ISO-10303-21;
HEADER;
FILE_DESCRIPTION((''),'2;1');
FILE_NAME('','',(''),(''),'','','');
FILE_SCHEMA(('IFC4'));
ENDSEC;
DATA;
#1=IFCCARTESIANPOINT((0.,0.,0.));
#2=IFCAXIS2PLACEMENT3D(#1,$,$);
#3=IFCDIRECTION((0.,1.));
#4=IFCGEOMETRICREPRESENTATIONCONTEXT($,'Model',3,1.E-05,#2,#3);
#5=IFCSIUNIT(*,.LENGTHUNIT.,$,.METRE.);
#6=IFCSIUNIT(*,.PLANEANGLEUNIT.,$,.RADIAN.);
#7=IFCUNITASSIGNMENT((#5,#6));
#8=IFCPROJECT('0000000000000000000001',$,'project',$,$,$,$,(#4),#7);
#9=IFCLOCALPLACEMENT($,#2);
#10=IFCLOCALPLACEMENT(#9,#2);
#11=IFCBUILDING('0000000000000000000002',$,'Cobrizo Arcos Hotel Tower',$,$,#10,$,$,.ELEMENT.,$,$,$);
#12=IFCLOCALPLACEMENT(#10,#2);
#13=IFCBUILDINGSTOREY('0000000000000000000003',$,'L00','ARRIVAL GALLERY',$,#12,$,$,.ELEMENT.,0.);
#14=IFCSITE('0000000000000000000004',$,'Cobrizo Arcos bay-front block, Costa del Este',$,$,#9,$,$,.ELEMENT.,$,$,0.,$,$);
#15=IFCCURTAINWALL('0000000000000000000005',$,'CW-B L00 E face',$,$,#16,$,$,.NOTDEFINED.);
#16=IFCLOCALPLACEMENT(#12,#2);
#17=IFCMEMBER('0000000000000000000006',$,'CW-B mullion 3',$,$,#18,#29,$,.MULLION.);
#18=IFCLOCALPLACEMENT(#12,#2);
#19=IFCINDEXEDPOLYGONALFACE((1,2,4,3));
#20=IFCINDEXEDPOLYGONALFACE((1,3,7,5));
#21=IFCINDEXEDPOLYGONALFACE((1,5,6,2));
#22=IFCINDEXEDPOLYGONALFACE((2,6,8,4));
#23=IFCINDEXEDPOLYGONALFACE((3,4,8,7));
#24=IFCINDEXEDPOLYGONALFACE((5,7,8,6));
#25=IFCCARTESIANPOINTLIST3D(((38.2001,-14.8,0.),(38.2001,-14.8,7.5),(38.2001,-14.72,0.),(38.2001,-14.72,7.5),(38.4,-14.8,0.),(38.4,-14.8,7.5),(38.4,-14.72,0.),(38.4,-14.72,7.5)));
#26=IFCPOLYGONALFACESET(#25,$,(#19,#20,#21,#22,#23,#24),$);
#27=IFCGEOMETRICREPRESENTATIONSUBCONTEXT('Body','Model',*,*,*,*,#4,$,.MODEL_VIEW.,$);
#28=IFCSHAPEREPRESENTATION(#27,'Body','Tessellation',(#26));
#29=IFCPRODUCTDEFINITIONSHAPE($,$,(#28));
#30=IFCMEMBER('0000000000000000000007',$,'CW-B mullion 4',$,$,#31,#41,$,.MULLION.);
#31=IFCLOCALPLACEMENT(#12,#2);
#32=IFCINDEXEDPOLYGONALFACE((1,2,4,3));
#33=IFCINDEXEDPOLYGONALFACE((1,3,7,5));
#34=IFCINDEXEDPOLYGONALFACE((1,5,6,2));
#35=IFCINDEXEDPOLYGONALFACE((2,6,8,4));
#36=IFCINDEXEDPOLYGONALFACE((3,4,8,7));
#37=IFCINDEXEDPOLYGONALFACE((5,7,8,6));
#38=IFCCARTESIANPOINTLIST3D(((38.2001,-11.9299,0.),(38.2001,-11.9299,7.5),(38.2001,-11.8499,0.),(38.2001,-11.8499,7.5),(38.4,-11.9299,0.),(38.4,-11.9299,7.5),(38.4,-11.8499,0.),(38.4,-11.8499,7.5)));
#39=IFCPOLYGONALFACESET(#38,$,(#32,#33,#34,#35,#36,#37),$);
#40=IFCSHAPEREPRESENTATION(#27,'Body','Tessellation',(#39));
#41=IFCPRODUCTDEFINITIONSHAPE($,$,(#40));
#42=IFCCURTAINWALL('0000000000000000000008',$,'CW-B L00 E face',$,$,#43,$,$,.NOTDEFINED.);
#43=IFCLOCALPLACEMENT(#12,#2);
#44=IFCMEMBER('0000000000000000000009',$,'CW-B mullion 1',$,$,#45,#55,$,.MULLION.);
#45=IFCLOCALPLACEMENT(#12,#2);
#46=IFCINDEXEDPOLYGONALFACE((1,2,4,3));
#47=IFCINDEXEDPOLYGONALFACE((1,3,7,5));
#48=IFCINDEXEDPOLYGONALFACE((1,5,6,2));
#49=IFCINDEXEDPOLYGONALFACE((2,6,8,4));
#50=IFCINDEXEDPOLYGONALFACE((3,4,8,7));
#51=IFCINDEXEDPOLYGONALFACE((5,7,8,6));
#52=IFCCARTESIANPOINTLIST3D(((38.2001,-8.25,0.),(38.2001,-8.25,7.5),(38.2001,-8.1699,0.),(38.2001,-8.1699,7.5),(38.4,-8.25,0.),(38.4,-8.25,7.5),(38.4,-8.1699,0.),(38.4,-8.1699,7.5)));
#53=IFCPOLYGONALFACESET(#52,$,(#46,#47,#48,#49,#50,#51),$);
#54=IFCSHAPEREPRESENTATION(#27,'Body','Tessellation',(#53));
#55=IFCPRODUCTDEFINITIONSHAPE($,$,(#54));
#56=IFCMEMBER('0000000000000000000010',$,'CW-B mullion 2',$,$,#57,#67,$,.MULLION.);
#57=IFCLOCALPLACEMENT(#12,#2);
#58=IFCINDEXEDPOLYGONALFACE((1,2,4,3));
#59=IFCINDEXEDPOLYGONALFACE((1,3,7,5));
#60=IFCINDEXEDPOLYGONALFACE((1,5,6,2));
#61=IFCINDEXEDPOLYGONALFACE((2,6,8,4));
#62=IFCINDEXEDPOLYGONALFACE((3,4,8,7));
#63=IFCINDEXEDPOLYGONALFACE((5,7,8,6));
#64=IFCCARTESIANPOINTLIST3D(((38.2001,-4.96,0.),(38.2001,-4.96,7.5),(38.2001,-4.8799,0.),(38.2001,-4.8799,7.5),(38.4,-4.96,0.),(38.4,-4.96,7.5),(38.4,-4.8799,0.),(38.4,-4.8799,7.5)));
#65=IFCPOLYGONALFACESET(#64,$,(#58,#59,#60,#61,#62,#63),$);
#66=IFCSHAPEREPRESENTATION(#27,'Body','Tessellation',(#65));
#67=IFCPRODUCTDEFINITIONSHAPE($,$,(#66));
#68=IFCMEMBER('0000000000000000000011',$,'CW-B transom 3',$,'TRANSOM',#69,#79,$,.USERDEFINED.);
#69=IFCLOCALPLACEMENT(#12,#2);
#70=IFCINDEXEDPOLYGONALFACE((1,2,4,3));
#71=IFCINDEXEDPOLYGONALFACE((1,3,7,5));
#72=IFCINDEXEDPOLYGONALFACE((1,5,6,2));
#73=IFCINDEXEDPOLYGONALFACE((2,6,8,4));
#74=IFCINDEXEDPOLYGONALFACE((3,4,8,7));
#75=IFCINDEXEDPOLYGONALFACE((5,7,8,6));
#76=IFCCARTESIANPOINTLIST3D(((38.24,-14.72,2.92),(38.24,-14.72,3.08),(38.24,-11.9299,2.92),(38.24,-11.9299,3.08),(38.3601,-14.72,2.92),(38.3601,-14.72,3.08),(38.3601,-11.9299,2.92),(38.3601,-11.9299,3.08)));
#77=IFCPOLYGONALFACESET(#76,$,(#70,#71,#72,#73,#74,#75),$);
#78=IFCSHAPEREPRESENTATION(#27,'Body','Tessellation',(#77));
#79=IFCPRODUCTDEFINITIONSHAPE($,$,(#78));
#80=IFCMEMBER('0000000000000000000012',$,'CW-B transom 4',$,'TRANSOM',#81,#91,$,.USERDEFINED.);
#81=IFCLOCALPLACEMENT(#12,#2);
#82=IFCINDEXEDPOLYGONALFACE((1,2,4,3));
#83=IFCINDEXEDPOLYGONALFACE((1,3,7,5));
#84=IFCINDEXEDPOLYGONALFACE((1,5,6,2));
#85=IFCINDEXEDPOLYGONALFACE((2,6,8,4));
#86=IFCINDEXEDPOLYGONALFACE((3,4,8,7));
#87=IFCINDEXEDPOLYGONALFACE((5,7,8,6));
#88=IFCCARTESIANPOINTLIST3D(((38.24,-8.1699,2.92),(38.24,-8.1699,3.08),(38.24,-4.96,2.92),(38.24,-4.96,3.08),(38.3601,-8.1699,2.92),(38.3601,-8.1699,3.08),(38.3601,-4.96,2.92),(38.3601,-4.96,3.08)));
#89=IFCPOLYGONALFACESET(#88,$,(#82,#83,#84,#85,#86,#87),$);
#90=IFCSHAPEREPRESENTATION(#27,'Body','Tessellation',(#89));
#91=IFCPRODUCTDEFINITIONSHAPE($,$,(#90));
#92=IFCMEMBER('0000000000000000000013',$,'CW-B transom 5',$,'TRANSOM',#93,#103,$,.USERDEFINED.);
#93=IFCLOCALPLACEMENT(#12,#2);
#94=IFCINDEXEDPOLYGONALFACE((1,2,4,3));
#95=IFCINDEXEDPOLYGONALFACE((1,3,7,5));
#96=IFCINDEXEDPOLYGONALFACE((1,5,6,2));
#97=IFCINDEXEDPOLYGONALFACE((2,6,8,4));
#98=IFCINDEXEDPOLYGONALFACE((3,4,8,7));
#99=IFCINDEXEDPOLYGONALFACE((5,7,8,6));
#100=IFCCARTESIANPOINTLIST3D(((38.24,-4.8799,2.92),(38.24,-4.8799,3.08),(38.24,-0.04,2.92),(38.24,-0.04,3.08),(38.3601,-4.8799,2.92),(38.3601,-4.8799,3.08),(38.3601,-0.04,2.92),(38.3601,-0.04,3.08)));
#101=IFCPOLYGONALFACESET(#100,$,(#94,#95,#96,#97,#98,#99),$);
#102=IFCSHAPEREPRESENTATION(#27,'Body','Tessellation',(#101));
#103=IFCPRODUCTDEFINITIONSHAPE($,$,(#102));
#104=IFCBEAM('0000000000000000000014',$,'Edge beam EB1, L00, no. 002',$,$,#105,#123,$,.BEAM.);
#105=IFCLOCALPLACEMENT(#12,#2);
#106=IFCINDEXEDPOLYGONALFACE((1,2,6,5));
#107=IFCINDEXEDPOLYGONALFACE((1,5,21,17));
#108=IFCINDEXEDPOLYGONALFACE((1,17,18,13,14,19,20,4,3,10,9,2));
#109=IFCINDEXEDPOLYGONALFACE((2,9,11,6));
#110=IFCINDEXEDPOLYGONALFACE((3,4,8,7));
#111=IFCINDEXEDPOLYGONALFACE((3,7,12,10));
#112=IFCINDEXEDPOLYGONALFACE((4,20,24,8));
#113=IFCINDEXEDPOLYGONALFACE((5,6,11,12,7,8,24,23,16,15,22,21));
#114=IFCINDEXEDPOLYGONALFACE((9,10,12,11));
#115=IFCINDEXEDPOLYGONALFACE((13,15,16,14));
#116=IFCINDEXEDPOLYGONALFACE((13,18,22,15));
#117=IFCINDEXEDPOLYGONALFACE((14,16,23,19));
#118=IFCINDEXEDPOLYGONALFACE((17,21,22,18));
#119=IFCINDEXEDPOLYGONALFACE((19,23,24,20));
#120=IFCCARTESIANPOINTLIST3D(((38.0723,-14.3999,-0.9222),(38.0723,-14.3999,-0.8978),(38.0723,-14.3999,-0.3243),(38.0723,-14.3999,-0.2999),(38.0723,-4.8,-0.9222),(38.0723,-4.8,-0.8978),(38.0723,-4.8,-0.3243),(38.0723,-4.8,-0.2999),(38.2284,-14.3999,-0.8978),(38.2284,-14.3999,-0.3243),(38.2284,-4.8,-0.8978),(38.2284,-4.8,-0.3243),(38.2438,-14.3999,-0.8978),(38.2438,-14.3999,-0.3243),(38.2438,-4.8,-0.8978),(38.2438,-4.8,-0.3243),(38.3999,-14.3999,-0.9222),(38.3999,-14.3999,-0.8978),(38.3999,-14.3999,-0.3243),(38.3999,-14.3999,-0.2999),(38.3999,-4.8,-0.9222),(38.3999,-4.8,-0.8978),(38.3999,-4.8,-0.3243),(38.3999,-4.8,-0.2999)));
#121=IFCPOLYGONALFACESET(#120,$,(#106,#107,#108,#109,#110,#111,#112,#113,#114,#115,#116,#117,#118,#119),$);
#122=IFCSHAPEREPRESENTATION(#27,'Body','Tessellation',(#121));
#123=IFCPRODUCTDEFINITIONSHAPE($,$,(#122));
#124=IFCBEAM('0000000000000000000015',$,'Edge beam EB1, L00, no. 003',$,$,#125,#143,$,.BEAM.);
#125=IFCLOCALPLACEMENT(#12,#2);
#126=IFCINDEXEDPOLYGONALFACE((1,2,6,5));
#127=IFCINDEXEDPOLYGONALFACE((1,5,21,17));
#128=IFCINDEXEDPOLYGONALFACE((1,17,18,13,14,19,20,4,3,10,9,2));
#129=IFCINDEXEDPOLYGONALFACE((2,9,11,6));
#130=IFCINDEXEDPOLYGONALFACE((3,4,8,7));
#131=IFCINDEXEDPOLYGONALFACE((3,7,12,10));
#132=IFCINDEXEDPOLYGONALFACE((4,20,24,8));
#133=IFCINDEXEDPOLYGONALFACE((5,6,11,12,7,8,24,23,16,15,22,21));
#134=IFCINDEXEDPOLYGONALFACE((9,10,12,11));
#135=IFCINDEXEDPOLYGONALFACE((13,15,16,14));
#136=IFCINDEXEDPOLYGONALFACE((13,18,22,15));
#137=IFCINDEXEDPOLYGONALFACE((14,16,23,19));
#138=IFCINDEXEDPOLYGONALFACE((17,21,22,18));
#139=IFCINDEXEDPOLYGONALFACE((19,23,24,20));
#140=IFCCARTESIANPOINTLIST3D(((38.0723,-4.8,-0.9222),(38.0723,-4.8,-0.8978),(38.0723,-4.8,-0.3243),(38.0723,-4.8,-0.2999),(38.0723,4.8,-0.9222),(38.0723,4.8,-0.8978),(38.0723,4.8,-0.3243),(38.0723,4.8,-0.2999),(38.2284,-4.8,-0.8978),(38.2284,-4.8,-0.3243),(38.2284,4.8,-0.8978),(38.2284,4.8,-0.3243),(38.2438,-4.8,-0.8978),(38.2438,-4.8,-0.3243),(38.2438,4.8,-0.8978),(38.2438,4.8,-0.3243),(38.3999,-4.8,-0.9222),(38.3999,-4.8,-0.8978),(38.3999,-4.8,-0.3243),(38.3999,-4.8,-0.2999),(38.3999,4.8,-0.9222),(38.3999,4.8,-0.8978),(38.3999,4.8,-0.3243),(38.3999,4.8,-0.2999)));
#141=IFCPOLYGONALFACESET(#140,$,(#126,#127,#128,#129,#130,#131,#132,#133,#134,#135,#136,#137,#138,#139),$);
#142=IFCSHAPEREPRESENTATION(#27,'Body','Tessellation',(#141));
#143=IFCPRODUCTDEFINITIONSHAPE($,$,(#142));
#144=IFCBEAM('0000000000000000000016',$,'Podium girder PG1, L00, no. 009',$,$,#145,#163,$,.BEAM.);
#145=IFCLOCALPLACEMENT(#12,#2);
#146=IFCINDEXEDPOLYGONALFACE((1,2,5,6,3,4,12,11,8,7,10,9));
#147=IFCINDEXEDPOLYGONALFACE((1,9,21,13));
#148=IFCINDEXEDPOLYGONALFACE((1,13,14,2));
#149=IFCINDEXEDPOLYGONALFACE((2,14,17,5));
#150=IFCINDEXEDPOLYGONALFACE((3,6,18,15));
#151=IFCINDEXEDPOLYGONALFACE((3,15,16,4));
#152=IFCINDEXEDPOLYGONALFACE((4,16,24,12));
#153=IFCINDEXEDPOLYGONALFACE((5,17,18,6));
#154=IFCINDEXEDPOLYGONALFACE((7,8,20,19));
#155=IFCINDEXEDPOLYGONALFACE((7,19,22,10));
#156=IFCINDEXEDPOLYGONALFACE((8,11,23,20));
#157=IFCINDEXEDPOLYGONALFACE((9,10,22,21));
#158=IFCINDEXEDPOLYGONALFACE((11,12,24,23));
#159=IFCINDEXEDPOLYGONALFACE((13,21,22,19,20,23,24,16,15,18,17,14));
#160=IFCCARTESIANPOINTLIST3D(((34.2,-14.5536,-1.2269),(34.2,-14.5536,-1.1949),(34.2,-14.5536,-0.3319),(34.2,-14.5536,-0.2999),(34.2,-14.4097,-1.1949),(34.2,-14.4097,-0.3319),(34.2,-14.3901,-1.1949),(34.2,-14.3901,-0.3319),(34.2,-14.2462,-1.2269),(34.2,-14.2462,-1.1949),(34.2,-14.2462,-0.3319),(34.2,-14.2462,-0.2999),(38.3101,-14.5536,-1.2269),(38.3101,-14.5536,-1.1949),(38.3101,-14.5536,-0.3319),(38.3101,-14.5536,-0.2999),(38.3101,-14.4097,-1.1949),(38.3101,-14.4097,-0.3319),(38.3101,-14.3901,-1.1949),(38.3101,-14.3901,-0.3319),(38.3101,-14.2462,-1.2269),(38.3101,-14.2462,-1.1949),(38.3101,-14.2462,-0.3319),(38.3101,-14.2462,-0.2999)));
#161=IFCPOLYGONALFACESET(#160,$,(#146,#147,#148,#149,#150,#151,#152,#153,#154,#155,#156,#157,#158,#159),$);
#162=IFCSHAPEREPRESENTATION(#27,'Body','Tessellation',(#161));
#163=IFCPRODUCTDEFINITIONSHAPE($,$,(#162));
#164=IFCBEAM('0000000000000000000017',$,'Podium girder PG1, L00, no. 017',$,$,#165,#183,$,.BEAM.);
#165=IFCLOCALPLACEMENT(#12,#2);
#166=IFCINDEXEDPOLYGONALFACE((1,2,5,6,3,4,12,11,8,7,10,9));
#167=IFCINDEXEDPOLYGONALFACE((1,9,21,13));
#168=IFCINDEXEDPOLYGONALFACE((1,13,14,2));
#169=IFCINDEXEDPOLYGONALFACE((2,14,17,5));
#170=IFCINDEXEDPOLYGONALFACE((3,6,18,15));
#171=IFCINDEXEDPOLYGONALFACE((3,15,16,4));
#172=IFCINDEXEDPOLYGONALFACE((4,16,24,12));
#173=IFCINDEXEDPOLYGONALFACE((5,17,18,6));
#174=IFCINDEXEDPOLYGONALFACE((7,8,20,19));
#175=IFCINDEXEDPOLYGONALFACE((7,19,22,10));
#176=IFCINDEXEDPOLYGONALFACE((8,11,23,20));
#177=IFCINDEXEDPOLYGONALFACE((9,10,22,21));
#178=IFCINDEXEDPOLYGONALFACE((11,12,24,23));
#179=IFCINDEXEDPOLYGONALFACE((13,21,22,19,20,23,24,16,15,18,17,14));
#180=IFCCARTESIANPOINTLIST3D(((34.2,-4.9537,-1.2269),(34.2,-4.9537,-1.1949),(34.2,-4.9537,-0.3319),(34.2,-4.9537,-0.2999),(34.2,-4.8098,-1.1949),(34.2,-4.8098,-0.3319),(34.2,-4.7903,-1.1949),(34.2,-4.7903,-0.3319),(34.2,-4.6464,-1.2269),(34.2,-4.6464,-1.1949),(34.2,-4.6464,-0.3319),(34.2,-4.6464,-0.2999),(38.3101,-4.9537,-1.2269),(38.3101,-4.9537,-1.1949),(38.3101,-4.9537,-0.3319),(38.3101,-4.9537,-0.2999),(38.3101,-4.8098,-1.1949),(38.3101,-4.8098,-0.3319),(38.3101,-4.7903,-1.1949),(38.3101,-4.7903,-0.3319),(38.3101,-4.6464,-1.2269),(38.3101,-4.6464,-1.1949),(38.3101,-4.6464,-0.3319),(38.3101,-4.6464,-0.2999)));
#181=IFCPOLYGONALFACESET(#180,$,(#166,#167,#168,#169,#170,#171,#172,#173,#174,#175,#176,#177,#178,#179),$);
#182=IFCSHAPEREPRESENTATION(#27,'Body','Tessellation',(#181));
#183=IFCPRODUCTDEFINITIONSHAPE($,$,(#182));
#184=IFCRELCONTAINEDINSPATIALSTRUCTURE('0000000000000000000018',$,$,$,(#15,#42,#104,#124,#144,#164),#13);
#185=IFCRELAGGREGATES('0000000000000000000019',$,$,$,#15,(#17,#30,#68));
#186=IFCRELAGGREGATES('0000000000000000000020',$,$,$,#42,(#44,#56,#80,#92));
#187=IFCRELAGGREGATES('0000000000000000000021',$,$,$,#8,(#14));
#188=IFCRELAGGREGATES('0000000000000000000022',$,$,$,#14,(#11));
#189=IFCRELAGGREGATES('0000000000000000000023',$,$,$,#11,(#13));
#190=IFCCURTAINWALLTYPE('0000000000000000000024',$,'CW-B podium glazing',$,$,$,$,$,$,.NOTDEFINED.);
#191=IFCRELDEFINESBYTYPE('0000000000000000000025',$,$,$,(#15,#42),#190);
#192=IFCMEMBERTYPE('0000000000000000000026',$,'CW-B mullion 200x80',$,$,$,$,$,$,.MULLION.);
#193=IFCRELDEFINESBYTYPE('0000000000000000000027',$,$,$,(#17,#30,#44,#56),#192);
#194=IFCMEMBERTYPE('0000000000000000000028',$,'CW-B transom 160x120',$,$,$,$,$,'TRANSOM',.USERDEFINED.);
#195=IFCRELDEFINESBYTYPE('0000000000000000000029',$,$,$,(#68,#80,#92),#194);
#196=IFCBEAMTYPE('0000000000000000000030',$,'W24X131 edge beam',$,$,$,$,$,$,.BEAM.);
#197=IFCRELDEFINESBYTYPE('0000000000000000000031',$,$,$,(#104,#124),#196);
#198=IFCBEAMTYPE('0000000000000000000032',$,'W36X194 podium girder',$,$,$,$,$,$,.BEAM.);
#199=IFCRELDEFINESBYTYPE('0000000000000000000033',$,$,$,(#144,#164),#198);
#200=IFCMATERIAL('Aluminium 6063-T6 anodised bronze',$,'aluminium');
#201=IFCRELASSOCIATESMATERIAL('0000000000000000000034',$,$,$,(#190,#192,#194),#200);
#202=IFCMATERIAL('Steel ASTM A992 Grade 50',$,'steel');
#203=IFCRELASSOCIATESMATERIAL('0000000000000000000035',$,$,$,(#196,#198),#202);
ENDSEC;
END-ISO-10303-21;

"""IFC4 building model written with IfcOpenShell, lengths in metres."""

from ifc_helpers import new_model, si_unit, direction, frame, origin, origin_2d, place, context, subcontext, project, spatial, rectangle, i_section, extrude, material, material_profile, profile_set, type_object, element, aggregate, save


model = new_model("IFC4")

# Units and contexts
model_context = context("Model", 3, precision=1e-05, world=origin(), true_north=direction((0.0, 1.0)))
body_context = subcontext(model_context, "Body", "Model", "MODEL_VIEW")
ifc_project = project(units=[si_unit("LENGTHUNIT", "METRE"), si_unit("PLANEANGLEUNIT", "RADIAN")], contexts=[model_context])

# Site, building, storey
site_placement = place(None, origin())
site = spatial("IfcSite", under=ifc_project, at=site_placement, Name="Cobrizo Arcos bay-front block, Costa del Este", CompositionType="ELEMENT", RefElevation=0.0)
building_placement = place(site_placement, origin())
building = spatial("IfcBuilding", under=site, at=building_placement, Name="Cobrizo Arcos Hotel Tower", CompositionType="ELEMENT")
storey_placement = place(building_placement, origin())
storey = spatial("IfcBuildingStorey", under=building, at=storey_placement, Name="L00", Description="ARRIVAL GALLERY", CompositionType="ELEMENT", Elevation=0.0)

# Curtain walls, members
ifc_material_1 = material(Name="Aluminium 6063-T6 anodised bronze", Category="aluminium")
curtain_wall_type = type_object("IfcCurtainWallType", Name="CW-B podium glazing", PredefinedType="NOTDEFINED", material=ifc_material_1)
curtain_wall_1_placement = place(storey_placement, origin())
curtain_wall_1 = element("IfcCurtainWall", 1, at=curtain_wall_1_placement, inside=storey, type_object=curtain_wall_type, Name="CW-B L00 E face", PredefinedType="NOTDEFINED")
ifc_material_profile_1 = material_profile(ifc_material_1, rectangle(XDim=0.2, YDim=0.0801, at=origin_2d()), Name="CW-B mullion 200x80")
ifc_profile_set_1 = profile_set([ifc_material_profile_1], Name="Aluminium 6063-T6 anodised bronze")
member_type_1 = type_object("IfcMemberType", Name="CW-B mullion 200x80", PredefinedType="MULLION", material=ifc_profile_set_1)
member_1_placement = place(storey_placement, frame((38.3, -14.76, 0.0), z_axis=(0.0, 0.0, 1.0), x_axis=(1.0, 0.0, 0.0)))
member_1 = element("IfcMember", 2, at=member_1_placement, type_object=member_type_1, Name="CW-B mullion 3", PredefinedType="MULLION", context=body_context, shape_type="SweptSolid", body=[
    extrude(rectangle(XDim=0.2, YDim=0.0801, at=origin_2d()), origin(), (0.0, 0.0, 1.0), 7.5),
])
member_2_placement = place(storey_placement, frame((38.3, -11.8899, 0.0), z_axis=(0.0, 0.0, 1.0), x_axis=(1.0, 0.0, 0.0)))
member_2 = element("IfcMember", 3, at=member_2_placement, type_object=member_type_1, Name="CW-B mullion 4", PredefinedType="MULLION", context=body_context, shape_type="SweptSolid", body=[
    extrude(rectangle(XDim=0.2, YDim=0.0801, at=origin_2d()), origin(), (0.0, 0.0, 1.0), 7.5),
])
curtain_wall_2_placement = place(storey_placement, origin())
curtain_wall_2 = element("IfcCurtainWall", 4, at=curtain_wall_2_placement, inside=storey, type_object=curtain_wall_type, Name="CW-B L00 E face", PredefinedType="NOTDEFINED")
member_3_placement = place(storey_placement, frame((38.3, -8.21, 0.0), z_axis=(0.0, 0.0, 1.0), x_axis=(1.0, 0.0, 0.0)))
member_3 = element("IfcMember", 5, at=member_3_placement, type_object=member_type_1, Name="CW-B mullion 1", PredefinedType="MULLION", context=body_context, shape_type="SweptSolid", body=[
    extrude(rectangle(XDim=0.2, YDim=0.0801, at=origin_2d()), origin(), (0.0, 0.0, 1.0), 7.5),
])
member_4_placement = place(storey_placement, frame((38.3, -4.9199, 0.0), z_axis=(0.0, 0.0, 1.0), x_axis=(1.0, 0.0, 0.0)))
member_4 = element("IfcMember", 6, at=member_4_placement, type_object=member_type_1, Name="CW-B mullion 2", PredefinedType="MULLION", context=body_context, shape_type="SweptSolid", body=[
    extrude(rectangle(XDim=0.2, YDim=0.0801, at=origin_2d()), origin(), (0.0, 0.0, 1.0), 7.5),
])

# Members
ifc_material_profile_2 = material_profile(ifc_material_1, rectangle(XDim=0.1201, YDim=0.1599, at=origin_2d()), Name="CW-B transom 160x120")
ifc_profile_set_2 = profile_set([ifc_material_profile_2], Name="Aluminium 6063-T6 anodised bronze")
member_type_2 = type_object("IfcMemberType", Name="CW-B transom 160x120", ElementType="TRANSOM", PredefinedType="USERDEFINED", material=ifc_profile_set_2)
member_5_placement = place(storey_placement, frame((38.3, -14.72, 3.0), z_axis=(0.0, 1.0, 0.0), x_axis=(-1.0, 0.0, 0.0)))
member_5 = element("IfcMember", 7, at=member_5_placement, type_object=member_type_2, Name="CW-B transom 3", ObjectType="TRANSOM", PredefinedType="USERDEFINED", context=body_context, shape_type="SweptSolid", body=[
    extrude(rectangle(XDim=0.1201, YDim=0.1599, at=origin_2d()), origin(), (0.0, 0.0, 1.0), 2.79),
])
member_6_placement = place(storey_placement, frame((38.3, -8.1699, 3.0), z_axis=(0.0, 1.0, 0.0), x_axis=(-1.0, 0.0, 0.0)))
member_6 = element("IfcMember", 8, at=member_6_placement, type_object=member_type_2, Name="CW-B transom 4", ObjectType="TRANSOM", PredefinedType="USERDEFINED", context=body_context, shape_type="SweptSolid", body=[
    extrude(rectangle(XDim=0.1201, YDim=0.1599, at=origin_2d()), origin(), (0.0, 0.0, 1.0), 3.21),
])
member_7_placement = place(storey_placement, frame((38.3, -4.8799, 3.0), z_axis=(0.0, 1.0, 0.0), x_axis=(-1.0, 0.0, 0.0)))
member_7 = element("IfcMember", 9, at=member_7_placement, type_object=member_type_2, Name="CW-B transom 5", ObjectType="TRANSOM", PredefinedType="USERDEFINED", context=body_context, shape_type="SweptSolid", body=[
    extrude(rectangle(XDim=0.1201, YDim=0.1599, at=origin_2d()), origin(), (0.0, 0.0, 1.0), 4.8398),
])

# Beams
ifc_material_2 = material(Name="Steel ASTM A992 Grade 50", Category="steel")
ifc_material_profile_3 = material_profile(ifc_material_2, i_section(OverallWidth=0.3276, OverallDepth=0.6223, WebThickness=0.0154, FlangeThickness=0.0244, at=origin_2d()), Name="W24X131")
ifc_profile_set_3 = profile_set([ifc_material_profile_3], Name="Steel ASTM A992 Grade 50")
beam_type_1 = type_object("IfcBeamType", Name="W24X131 edge beam", PredefinedType="BEAM", material=ifc_profile_set_3)
beam_1_placement = place(storey_placement, frame((38.2361, -14.3999, -0.6111), z_axis=(0.0, 1.0, 0.0), x_axis=(-1.0, 0.0, 0.0)))
element("IfcBeam", 10, at=beam_1_placement, inside=storey, type_object=beam_type_1, Name="Edge beam EB1, L00, no. 002", PredefinedType="BEAM", context=body_context, shape_type="SweptSolid", body=[
    extrude(i_section(OverallWidth=0.3276, OverallDepth=0.6223, WebThickness=0.0154, FlangeThickness=0.0244, at=origin_2d()), origin(), (0.0, 0.0, 1.0), 9.5999),
])
beam_2_placement = place(storey_placement, frame((38.2361, -4.8, -0.6111), z_axis=(0.0, 1.0, 0.0), x_axis=(-1.0, 0.0, 0.0)))
element("IfcBeam", 11, at=beam_2_placement, inside=storey, type_object=beam_type_1, Name="Edge beam EB1, L00, no. 003", PredefinedType="BEAM", context=body_context, shape_type="SweptSolid", body=[
    extrude(i_section(OverallWidth=0.3276, OverallDepth=0.6223, WebThickness=0.0154, FlangeThickness=0.0244, at=origin_2d()), origin(), (0.0, 0.0, 1.0), 9.6001),
])
ifc_material_profile_4 = material_profile(ifc_material_2, i_section(OverallWidth=0.3074, OverallDepth=0.927, WebThickness=0.0195, FlangeThickness=0.032, at=origin_2d()), Name="W36X194")
ifc_profile_set_4 = profile_set([ifc_material_profile_4], Name="Steel ASTM A992 Grade 50")
beam_type_2 = type_object("IfcBeamType", Name="W36X194 podium girder", PredefinedType="BEAM", material=ifc_profile_set_4)
for number, where, z_axis, x_axis, name in (
    (12, (34.2, -14.3999, -0.7634), (1.0, 0.0, 0.0), (0.0, 1.0, 0.0), "Podium girder PG1, L00, no. 009"),
    (13, (34.2, -4.8, -0.7634), (1.0, 0.0, 0.0), (0.0, 1.0, 0.0), "Podium girder PG1, L00, no. 017"),
):
    element("IfcBeam", number, at=place(storey_placement, frame(where, z_axis=z_axis, x_axis=x_axis)), inside=storey, type_object=beam_type_2, Name=name, PredefinedType="BEAM", context=body_context, shape_type="SweptSolid", body=[
        extrude(i_section(OverallWidth=0.3074, OverallDepth=0.927, WebThickness=0.0195, FlangeThickness=0.032, at=origin_2d()), origin(), (0.0, 0.0, 1.0), 4.1101),
    ])

aggregate(curtain_wall_1, [member_1, member_2, member_5])
aggregate(curtain_wall_2, [member_3, member_4, member_6, member_7])

save(model, "model.ifc")
